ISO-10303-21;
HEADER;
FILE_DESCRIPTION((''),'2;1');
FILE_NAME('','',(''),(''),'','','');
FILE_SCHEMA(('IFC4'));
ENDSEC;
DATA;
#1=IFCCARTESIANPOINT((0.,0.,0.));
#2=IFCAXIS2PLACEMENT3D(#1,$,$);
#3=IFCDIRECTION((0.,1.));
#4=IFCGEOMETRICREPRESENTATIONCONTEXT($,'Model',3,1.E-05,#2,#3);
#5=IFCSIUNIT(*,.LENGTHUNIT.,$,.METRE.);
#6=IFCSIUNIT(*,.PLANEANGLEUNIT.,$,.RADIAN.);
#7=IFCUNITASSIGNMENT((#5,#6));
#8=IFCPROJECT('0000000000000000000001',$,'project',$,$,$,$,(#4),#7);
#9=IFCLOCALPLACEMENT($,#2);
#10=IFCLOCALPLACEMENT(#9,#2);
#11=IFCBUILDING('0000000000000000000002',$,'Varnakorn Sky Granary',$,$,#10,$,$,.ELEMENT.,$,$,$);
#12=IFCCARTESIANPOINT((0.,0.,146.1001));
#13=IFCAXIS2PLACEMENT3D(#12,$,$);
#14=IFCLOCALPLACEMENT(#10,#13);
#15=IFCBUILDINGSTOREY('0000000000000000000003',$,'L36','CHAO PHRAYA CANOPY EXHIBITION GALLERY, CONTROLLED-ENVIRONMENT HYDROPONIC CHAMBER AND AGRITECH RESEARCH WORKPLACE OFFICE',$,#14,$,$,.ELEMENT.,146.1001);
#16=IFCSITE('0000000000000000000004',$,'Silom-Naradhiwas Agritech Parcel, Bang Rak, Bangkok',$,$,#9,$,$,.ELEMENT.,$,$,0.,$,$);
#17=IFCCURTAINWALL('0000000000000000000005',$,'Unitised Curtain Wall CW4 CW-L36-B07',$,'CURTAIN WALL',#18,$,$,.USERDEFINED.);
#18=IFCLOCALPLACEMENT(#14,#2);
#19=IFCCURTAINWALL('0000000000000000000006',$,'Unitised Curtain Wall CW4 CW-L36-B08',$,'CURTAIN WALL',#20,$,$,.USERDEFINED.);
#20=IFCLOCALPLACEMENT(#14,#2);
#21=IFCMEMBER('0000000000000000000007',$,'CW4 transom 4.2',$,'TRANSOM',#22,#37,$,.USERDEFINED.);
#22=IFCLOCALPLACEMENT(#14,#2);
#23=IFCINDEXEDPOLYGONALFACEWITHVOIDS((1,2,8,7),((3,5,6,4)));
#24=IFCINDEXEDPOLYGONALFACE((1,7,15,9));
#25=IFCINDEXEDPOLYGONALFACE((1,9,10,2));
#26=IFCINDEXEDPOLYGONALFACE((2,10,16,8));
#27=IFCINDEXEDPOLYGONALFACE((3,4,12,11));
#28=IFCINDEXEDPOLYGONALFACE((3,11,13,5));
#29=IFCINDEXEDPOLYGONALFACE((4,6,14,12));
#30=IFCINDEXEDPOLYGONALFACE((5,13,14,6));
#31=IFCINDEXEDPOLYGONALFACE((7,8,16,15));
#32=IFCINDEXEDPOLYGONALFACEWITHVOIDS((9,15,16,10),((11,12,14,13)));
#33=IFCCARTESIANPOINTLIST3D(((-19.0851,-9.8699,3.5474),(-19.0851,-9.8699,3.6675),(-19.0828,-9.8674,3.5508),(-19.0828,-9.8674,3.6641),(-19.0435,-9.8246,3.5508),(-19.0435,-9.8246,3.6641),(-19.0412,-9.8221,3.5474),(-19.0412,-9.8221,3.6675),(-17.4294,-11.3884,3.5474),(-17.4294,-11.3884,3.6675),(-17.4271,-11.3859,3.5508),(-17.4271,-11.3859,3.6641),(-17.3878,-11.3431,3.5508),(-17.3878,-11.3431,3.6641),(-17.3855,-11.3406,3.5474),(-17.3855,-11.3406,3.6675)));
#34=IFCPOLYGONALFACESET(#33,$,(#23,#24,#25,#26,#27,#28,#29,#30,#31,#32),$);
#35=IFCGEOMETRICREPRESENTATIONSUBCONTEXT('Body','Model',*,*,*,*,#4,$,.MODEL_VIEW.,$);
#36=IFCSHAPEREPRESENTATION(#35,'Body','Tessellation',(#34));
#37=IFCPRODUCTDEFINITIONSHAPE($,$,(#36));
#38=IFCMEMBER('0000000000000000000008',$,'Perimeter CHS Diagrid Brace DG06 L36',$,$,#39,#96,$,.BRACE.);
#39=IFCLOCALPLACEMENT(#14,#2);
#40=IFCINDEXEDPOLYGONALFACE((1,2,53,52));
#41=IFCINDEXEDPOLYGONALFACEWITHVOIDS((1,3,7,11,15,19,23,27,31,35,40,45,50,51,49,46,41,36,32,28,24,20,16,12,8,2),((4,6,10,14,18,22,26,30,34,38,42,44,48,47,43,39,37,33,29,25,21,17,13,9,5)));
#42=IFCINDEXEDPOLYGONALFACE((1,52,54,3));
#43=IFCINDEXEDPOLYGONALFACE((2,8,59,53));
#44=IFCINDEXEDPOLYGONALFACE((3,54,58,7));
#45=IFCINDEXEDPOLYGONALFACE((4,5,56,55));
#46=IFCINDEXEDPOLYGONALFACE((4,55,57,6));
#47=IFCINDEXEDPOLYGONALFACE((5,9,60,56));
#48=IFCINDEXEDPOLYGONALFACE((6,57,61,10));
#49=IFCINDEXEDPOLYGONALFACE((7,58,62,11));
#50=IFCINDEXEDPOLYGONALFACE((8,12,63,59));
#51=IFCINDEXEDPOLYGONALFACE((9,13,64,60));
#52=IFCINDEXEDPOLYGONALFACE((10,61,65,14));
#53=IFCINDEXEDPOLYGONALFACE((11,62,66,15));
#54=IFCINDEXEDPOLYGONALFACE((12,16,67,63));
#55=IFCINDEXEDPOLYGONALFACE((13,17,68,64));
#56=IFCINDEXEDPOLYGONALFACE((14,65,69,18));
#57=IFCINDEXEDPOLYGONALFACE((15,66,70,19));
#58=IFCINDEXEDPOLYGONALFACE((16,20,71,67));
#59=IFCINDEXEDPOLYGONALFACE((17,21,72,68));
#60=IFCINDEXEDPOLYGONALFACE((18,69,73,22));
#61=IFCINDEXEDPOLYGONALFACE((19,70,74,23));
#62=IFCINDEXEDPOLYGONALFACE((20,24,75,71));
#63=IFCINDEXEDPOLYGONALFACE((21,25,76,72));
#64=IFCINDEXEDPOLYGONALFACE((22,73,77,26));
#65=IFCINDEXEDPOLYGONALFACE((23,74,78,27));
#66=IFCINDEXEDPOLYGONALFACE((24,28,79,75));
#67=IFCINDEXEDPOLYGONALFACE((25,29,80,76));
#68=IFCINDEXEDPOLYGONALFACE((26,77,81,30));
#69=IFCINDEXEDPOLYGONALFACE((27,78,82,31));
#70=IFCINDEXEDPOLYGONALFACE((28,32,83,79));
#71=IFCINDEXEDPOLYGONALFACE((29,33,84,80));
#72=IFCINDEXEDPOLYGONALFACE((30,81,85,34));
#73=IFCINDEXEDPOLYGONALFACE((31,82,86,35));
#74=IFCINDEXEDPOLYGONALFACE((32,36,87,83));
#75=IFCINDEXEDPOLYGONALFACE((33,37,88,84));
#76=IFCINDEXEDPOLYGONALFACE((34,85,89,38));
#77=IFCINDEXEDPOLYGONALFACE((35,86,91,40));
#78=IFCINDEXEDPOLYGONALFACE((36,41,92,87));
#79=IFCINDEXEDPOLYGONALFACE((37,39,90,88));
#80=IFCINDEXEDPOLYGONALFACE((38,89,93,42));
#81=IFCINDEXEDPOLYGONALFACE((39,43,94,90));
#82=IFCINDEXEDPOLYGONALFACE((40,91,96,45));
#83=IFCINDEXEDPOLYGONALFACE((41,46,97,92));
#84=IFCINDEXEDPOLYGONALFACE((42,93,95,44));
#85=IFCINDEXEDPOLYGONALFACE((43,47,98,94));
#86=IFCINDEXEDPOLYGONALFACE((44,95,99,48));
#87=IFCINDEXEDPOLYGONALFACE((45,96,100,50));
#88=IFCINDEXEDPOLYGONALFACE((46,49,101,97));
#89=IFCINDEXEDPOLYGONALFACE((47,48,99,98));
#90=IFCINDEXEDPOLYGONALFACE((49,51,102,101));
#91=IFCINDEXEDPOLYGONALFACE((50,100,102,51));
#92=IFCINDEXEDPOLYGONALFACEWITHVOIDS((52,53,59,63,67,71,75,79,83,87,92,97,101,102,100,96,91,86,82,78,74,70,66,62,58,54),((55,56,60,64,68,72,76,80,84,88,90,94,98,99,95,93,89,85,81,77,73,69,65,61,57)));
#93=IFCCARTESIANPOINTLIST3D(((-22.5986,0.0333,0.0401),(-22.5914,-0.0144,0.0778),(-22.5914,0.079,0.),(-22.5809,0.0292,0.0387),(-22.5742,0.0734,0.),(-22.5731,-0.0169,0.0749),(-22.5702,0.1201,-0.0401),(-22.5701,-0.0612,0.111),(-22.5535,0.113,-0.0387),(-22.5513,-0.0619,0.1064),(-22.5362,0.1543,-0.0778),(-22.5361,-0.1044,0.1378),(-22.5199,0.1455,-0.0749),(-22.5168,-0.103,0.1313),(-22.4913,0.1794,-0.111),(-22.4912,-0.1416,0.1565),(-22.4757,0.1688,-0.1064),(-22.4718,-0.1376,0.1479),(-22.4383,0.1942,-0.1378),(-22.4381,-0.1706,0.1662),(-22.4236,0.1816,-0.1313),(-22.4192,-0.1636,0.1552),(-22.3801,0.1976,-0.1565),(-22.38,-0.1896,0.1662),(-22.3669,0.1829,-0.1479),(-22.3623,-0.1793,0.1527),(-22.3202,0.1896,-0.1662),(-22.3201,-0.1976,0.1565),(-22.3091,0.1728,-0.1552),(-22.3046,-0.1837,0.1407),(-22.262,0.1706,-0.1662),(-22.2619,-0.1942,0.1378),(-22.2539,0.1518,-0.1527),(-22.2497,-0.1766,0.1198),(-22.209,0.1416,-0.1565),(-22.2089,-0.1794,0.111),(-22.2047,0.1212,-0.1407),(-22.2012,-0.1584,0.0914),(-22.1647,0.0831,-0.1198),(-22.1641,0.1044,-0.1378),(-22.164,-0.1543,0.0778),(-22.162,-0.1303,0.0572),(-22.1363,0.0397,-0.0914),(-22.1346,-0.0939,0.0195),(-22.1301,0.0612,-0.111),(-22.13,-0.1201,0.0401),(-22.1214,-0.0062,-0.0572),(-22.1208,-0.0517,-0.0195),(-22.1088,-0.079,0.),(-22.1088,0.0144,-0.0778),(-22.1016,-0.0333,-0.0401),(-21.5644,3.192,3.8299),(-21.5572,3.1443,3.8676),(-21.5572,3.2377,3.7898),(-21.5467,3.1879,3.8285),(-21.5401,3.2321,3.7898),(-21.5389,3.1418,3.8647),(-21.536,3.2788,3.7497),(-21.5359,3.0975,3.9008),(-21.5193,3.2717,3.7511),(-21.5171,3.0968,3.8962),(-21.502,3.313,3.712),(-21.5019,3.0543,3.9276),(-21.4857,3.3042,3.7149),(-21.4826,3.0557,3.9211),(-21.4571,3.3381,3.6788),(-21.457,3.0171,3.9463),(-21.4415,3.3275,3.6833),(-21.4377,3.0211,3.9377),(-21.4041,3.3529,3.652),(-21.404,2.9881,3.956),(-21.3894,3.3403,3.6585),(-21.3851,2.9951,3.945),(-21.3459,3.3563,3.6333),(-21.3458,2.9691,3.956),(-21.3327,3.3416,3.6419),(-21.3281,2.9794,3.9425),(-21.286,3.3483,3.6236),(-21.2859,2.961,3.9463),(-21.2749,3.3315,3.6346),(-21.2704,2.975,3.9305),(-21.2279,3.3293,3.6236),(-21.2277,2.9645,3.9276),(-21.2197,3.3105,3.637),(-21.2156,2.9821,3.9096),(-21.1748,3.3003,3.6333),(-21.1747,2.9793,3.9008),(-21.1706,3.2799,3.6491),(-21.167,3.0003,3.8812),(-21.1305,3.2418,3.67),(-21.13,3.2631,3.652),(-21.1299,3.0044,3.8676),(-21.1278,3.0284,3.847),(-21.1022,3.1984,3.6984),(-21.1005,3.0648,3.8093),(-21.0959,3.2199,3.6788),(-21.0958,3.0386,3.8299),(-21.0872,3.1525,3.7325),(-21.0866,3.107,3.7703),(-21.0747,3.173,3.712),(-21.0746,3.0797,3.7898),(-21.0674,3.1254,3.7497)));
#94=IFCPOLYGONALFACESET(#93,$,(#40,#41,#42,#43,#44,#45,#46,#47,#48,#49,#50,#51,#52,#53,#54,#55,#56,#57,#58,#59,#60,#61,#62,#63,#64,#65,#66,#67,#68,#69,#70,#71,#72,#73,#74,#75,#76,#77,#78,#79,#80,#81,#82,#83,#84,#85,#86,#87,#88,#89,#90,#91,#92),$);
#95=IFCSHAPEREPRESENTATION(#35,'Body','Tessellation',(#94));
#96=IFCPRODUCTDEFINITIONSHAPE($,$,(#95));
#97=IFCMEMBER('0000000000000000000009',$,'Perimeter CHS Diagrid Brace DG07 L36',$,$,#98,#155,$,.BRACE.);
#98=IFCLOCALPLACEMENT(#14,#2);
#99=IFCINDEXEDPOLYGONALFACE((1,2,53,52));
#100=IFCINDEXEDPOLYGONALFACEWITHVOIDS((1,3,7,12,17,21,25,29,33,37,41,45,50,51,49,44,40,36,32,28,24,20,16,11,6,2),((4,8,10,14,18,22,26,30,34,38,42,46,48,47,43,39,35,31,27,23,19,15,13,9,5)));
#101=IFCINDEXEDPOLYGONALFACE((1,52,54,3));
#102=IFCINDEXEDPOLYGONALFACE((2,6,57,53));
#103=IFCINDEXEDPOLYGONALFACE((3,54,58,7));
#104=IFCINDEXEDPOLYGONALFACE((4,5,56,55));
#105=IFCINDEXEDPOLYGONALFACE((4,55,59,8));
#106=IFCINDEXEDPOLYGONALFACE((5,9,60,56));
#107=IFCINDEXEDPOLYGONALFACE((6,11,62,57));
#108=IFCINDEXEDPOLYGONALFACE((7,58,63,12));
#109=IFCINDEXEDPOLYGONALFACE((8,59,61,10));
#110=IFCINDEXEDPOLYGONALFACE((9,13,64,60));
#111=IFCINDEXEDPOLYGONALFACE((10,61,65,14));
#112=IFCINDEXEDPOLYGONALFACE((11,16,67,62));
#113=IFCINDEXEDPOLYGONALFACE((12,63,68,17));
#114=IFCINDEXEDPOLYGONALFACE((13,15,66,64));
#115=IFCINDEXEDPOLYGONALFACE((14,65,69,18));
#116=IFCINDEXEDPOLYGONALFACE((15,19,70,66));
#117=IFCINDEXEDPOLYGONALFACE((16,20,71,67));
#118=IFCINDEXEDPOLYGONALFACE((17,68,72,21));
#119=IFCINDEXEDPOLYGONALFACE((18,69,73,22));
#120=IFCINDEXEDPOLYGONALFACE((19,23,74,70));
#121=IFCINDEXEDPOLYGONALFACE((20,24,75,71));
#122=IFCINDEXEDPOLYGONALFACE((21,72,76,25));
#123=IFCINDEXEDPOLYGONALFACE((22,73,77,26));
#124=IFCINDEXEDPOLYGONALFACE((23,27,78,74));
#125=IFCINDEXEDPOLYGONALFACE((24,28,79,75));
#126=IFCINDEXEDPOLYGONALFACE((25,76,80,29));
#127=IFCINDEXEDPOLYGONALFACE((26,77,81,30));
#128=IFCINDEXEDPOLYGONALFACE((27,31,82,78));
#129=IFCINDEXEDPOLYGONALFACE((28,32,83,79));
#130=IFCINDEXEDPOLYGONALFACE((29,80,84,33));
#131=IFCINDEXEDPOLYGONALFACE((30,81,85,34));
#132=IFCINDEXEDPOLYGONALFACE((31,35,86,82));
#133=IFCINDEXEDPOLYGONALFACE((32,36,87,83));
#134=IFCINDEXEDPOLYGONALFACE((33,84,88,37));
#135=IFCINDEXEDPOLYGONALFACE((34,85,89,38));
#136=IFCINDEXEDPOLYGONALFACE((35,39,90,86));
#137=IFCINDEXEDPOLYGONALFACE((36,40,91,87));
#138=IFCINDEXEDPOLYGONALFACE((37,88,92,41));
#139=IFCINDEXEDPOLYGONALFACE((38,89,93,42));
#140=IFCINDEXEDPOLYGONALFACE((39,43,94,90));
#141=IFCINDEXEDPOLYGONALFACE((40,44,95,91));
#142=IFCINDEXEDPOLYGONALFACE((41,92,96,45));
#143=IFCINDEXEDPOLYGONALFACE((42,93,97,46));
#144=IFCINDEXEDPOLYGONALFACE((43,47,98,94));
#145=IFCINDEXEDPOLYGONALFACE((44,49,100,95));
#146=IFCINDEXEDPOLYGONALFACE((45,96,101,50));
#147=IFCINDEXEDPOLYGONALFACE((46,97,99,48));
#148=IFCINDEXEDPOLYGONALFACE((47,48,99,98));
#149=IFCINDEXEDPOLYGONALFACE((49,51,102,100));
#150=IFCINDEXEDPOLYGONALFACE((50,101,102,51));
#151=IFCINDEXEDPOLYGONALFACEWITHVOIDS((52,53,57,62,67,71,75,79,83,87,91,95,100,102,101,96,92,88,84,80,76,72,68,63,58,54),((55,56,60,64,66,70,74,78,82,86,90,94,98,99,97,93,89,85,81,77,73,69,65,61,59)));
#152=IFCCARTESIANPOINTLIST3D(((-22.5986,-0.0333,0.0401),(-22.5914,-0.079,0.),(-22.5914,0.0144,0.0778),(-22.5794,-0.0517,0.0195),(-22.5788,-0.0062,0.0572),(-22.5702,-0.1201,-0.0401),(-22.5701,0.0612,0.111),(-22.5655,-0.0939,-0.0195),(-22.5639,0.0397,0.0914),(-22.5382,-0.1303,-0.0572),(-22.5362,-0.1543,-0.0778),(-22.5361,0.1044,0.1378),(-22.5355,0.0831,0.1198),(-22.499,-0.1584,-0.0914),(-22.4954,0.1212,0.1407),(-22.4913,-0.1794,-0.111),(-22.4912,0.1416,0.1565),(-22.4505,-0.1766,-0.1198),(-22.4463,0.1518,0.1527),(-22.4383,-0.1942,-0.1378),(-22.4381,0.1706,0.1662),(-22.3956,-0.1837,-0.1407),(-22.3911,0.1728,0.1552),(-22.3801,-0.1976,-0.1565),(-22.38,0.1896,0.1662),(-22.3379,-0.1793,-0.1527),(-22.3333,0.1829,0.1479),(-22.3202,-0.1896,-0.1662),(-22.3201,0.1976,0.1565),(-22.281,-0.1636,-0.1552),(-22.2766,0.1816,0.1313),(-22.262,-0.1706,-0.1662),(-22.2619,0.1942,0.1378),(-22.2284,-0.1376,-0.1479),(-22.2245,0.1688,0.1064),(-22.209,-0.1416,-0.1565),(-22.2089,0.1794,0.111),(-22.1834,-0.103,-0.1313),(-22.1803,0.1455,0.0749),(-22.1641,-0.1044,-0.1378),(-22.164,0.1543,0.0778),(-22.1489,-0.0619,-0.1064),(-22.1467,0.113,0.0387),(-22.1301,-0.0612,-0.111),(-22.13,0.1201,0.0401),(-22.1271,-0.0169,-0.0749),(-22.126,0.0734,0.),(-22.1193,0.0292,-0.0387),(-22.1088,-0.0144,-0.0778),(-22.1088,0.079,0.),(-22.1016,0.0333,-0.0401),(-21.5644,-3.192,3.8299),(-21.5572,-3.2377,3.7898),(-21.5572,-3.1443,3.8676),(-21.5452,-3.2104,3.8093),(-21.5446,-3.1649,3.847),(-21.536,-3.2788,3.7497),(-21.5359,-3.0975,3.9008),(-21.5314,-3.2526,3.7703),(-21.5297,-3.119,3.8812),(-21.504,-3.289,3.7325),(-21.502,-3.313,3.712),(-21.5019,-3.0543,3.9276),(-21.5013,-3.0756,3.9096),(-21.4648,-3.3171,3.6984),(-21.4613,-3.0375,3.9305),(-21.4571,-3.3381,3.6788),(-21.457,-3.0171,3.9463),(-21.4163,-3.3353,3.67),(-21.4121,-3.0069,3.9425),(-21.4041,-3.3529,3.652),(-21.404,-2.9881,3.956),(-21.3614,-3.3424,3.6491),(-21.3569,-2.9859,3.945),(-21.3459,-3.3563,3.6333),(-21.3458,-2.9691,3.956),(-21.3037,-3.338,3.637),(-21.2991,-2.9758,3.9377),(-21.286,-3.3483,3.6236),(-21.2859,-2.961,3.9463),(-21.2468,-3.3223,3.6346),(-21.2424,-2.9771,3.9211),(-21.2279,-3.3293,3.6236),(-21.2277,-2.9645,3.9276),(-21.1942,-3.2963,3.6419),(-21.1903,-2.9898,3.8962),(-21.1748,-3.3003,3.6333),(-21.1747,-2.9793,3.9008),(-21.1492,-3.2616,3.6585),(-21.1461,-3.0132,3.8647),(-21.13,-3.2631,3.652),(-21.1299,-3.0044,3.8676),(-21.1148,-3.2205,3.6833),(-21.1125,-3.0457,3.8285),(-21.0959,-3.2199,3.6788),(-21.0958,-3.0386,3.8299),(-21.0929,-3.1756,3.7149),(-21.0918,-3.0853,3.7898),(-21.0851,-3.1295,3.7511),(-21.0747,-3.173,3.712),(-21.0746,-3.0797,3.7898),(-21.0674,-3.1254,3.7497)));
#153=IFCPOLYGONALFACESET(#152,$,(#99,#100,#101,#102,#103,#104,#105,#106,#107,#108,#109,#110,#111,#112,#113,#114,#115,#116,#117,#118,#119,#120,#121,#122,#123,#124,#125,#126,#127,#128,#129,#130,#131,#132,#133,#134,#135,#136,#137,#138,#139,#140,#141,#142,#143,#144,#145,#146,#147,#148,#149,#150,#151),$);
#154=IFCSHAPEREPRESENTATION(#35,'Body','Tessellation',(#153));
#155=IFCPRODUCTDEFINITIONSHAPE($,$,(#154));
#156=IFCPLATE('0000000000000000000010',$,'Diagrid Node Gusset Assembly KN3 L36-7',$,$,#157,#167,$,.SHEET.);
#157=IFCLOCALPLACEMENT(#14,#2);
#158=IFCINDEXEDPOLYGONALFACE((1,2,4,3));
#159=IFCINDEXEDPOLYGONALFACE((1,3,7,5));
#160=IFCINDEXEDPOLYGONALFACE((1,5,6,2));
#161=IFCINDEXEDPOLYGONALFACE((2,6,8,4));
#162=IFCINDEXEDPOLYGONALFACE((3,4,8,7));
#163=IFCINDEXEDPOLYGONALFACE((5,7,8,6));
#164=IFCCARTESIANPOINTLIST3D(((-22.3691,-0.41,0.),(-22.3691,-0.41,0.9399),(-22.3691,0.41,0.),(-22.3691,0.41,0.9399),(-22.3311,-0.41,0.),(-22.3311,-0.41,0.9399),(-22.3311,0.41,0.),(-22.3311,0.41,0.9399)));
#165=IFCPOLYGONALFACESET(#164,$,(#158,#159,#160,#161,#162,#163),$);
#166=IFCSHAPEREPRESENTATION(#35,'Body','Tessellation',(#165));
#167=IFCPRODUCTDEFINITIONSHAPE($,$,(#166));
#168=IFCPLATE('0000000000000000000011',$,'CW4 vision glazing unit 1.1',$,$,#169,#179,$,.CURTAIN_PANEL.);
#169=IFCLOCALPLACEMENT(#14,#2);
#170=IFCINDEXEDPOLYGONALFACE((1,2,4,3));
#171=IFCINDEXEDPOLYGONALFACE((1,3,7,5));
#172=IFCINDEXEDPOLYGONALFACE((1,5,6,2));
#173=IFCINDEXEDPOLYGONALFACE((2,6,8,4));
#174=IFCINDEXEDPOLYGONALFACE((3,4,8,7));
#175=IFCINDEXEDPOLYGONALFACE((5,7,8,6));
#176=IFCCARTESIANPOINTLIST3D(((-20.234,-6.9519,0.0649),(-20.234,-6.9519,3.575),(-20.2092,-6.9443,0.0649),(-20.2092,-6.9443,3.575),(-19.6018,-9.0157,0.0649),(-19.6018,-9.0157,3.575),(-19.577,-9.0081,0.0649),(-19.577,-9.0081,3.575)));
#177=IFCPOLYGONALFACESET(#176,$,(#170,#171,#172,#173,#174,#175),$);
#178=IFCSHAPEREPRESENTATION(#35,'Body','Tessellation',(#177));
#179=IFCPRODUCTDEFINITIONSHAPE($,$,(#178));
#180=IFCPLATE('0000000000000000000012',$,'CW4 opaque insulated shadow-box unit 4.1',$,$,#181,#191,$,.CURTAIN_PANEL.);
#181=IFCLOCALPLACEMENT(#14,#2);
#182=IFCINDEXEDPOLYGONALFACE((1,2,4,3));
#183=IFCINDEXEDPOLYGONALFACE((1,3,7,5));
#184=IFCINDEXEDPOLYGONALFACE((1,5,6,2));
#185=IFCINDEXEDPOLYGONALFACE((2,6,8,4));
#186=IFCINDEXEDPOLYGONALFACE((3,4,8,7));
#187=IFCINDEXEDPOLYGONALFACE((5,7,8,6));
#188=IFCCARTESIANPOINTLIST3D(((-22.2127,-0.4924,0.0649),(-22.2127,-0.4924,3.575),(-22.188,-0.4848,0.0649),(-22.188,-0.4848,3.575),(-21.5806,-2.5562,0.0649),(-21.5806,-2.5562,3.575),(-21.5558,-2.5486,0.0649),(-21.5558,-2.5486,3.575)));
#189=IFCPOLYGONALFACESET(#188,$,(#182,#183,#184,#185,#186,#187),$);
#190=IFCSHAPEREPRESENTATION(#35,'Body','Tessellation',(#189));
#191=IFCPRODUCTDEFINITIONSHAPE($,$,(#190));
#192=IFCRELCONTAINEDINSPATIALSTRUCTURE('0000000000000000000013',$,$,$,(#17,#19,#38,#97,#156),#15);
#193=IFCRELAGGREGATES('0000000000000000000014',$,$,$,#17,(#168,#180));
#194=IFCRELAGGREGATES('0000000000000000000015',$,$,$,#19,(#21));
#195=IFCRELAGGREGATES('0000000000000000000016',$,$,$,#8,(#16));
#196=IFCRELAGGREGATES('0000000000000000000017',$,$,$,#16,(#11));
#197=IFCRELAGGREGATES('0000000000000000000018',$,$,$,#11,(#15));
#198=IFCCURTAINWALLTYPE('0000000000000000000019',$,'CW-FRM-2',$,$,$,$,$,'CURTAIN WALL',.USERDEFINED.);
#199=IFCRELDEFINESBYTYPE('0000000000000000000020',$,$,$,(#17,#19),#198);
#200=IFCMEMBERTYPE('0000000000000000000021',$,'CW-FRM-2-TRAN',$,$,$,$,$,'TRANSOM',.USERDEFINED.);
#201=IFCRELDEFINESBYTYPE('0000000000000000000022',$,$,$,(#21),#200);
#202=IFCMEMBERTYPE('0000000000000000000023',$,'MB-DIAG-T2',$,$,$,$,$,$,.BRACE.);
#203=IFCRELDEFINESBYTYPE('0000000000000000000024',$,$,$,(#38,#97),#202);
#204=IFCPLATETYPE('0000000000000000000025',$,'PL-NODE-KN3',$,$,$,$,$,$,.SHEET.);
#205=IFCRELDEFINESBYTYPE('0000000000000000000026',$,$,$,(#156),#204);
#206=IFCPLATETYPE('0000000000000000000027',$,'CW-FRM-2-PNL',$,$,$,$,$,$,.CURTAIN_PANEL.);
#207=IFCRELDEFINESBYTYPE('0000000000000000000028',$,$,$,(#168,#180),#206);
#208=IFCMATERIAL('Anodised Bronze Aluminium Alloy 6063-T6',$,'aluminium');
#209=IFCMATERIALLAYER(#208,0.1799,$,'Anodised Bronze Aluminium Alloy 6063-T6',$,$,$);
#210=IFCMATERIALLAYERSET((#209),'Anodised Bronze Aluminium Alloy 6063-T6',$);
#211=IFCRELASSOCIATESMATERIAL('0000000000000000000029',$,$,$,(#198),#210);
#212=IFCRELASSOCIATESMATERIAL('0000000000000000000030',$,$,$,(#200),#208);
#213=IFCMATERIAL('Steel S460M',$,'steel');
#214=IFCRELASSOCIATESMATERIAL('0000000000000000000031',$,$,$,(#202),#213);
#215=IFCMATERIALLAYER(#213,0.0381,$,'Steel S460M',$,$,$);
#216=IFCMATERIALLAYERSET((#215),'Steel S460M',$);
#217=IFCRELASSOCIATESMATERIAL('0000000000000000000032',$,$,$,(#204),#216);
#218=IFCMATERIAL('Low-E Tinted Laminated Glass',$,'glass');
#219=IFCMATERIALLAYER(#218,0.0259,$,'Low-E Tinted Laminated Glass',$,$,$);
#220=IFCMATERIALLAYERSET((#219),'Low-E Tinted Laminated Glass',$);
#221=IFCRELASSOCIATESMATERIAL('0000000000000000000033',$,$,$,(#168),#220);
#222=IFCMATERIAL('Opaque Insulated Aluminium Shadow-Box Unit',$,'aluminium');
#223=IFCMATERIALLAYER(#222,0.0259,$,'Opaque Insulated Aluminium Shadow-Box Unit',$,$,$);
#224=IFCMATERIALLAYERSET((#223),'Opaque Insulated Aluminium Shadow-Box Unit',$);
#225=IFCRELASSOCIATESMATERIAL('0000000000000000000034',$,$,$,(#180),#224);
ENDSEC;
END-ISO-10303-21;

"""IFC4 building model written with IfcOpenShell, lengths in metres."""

from ifc_helpers import new_model, si_unit, direction, frame, origin, origin_2d, place, context, subcontext, project, spatial, rectangle, hollow_rectangle, hollow_circle, extrude, source, transform, mapped, material, layer, layer_set, material_profile, profile_set, type_object, element, aggregate, save


model = new_model("IFC4")

# Units and contexts
model_context = context("Model", 3, precision=1e-05, world=origin(), true_north=direction((0.0, 1.0)))
body_context = subcontext(model_context, "Body", "Model", "MODEL_VIEW")
ifc_project = project(units=[si_unit("LENGTHUNIT", "METRE"), si_unit("PLANEANGLEUNIT", "RADIAN")], contexts=[model_context])

# Site, building, storey
site_placement = place(None, origin())
site = spatial("IfcSite", under=ifc_project, at=site_placement, Name="Silom-Naradhiwas Agritech Parcel, Bang Rak, Bangkok", CompositionType="ELEMENT", RefElevation=0.0)
building_placement = place(site_placement, origin())
building = spatial("IfcBuilding", under=site, at=building_placement, Name="Varnakorn Sky Granary", CompositionType="ELEMENT")
storey_placement = place(building_placement, frame((0.0, 0.0, 146.1001)))
storey = spatial("IfcBuildingStorey", under=building, at=storey_placement, Name="L36", Description="CHAO PHRAYA CANOPY EXHIBITION GALLERY, CONTROLLED-ENVIRONMENT HYDROPONIC CHAMBER AND AGRITECH RESEARCH WORKPLACE OFFICE", CompositionType="ELEMENT", Elevation=146.1001)

# Shared definitions
ifc_material_1 = material(Name="Steel S460M", Category="steel")

# Curtain walls
ifc_material_2 = material(Name="Anodised Bronze Aluminium Alloy 6063-T6", Category="aluminium")
ifc_layer_1 = layer(ifc_material_2, 0.1799, Name="Anodised Bronze Aluminium Alloy 6063-T6")
ifc_layer_set_1 = layer_set([ifc_layer_1], Name="Anodised Bronze Aluminium Alloy 6063-T6")
curtain_wall_type = type_object("IfcCurtainWallType", Name="CW-FRM-2", ElementType="CURTAIN WALL", PredefinedType="USERDEFINED", material=ifc_layer_set_1)
curtain_wall_1_placement = place(storey_placement, origin())
curtain_wall_1 = element("IfcCurtainWall", 1, at=curtain_wall_1_placement, inside=storey, type_object=curtain_wall_type, Name="Unitised Curtain Wall CW4 CW-L36-B07", ObjectType="CURTAIN WALL", PredefinedType="USERDEFINED")
curtain_wall_2_placement = place(storey_placement, origin())
curtain_wall_2 = element("IfcCurtainWall", 2, at=curtain_wall_2_placement, inside=storey, type_object=curtain_wall_type, Name="Unitised Curtain Wall CW4 CW-L36-B08", ObjectType="CURTAIN WALL", PredefinedType="USERDEFINED")

# Member
ifc_material_profile_1 = material_profile(ifc_material_2, hollow_rectangle(XDim=0.0649, YDim=0.1201, WallThickness=0.0034, at=origin_2d()), Name="ALU TRAN 65x120")
ifc_profile_set_1 = profile_set([ifc_material_profile_1], Name="Anodised Bronze Aluminium Alloy 6063-T6")
member_type_1 = type_object("IfcMemberType", Name="CW-FRM-2-TRAN", ElementType="TRANSOM", PredefinedType="USERDEFINED", material=ifc_profile_set_1)
member_1_placement = place(storey_placement, frame((-17.4075, -11.3645, 3.6074), z_axis=(-0.736983, 0.675912, 0.0), x_axis=(-0.675912, -0.736983, 0.0)))
member_1 = element("IfcMember", 3, at=member_1_placement, type_object=member_type_1, Name="CW4 transom 4.2", ObjectType="TRANSOM", PredefinedType="USERDEFINED", context=body_context, shape_type="SweptSolid", body=[
    extrude(hollow_rectangle(XDim=0.0649, YDim=0.1201, WallThickness=0.0034, at=origin_2d()), origin(), (0.0, 0.0, 1.0), 2.2466),
])

# Members
ifc_material_profile_2 = material_profile(ifc_material_1, hollow_circle(Radius=0.2539, WallThickness=0.0181, at=origin_2d()), Name="CHS 508x18")
ifc_profile_set_2 = profile_set([ifc_material_profile_2], Name="Steel S460M")
member_type_2 = type_object("IfcMemberType", Name="MB-DIAG-T2", PredefinedType="BRACE", material=ifc_profile_set_2)
for number, where, z_axis, x_axis, name in (
    (4, (-22.3501, 0.0, 0.0), (0.205163, 0.626628, 0.751828), (-0.950359, 0.311155, 0.0), "Perimeter CHS Diagrid Brace DG06 L36"),
    (5, (-22.3501, 0.0, 0.0), (0.205163, -0.626628, 0.751828), (0.950359, 0.311155, 0.0), "Perimeter CHS Diagrid Brace DG07 L36"),
):
    element("IfcMember", number, at=place(storey_placement, frame(where, z_axis=z_axis, x_axis=x_axis)), inside=storey, type_object=member_type_2, Name=name, PredefinedType="BRACE", context=body_context, shape_type="SweptSolid", body=[
        extrude(hollow_circle(Radius=0.2539, WallThickness=0.0181, at=origin_2d()), origin(), (0.0, 0.0, 1.0), 5.0408),
    ])

# Plates
ifc_layer_2 = layer(ifc_material_1, 0.0381, Name="Steel S460M")
ifc_layer_set_2 = layer_set([ifc_layer_2], Name="Steel S460M")
plate_type_1 = type_object("IfcPlateType", Name="PL-NODE-KN3", PredefinedType="SHEET", material=ifc_layer_set_2)
plate_1_placement = place(storey_placement, frame((-22.3501, 0.0, 0.0), z_axis=(0.0, 0.0, 1.0), x_axis=(0.0, -1.0, 0.0)))
element("IfcPlate", 6, at=plate_1_placement, inside=storey, type_object=plate_type_1, Name="Diagrid Node Gusset Assembly KN3 L36-7", PredefinedType="SHEET", context=body_context, shape_type="SweptSolid", body=[
    extrude(rectangle(XDim=0.8201, YDim=0.0381, at=origin_2d()), origin(), (0.0, 0.0, 1.0), 0.9399),
])
ifc_material_3 = material(Name="Low-E Tinted Laminated Glass", Category="glass")
ifc_layer_3 = layer(ifc_material_3, 0.0259, Name="Low-E Tinted Laminated Glass")
ifc_layer_set_3 = layer_set([ifc_layer_3], Name="Low-E Tinted Laminated Glass")
plate_type_2 = type_object("IfcPlateType", Name="CW-FRM-2-PNL", PredefinedType="CURTAIN_PANEL")
shared_shape_1 = source(origin(), body_context, "Body", "SweptSolid", [
    extrude(rectangle(XDim=2.1584, YDim=0.0259, at=origin_2d()), origin(), (0.0, 0.0, 1.0), 3.51),
])
plate_2_placement = place(storey_placement, frame((-19.9055, -7.98, 0.0649), z_axis=(0.0, 0.0, 1.0), x_axis=(-0.292893, 0.956145, 0.0)))
plate_2 = element("IfcPlate", 7, at=plate_2_placement, type_object=plate_type_2, material=ifc_layer_set_3, Name="CW4 vision glazing unit 1.1", PredefinedType="CURTAIN_PANEL", context=body_context, shape_type="MappedRepresentation", body=[
    mapped(shared_shape_1, transform((0.0, 0.0, 0.0), x_axis=(1.0, 0.0, 0.0), y_axis=(0.0, 1.0, 0.0), z_axis=(0.0, 0.0, 1.0), scale=1.0)),
])
ifc_material_4 = material(Name="Opaque Insulated Aluminium Shadow-Box Unit", Category="aluminium")
ifc_layer_4 = layer(ifc_material_4, 0.0259, Name="Opaque Insulated Aluminium Shadow-Box Unit")
ifc_layer_set_4 = layer_set([ifc_layer_4], Name="Opaque Insulated Aluminium Shadow-Box Unit")
plate_3_placement = place(storey_placement, frame((-21.8843, -1.5205, 0.0649), z_axis=(0.0, 0.0, 1.0), x_axis=(-0.292893, 0.956145, 0.0)))
plate_3 = element("IfcPlate", 8, at=plate_3_placement, type_object=plate_type_2, material=ifc_layer_set_4, Name="CW4 opaque insulated shadow-box unit 4.1", PredefinedType="CURTAIN_PANEL", context=body_context, shape_type="MappedRepresentation", body=[
    mapped(shared_shape_1, transform((0.0, 0.0, 0.0), x_axis=(1.0, 0.0, 0.0), y_axis=(0.0, 1.0, 0.0), z_axis=(0.0, 0.0, 1.0), scale=1.0)),
])
aggregate(curtain_wall_1, [plate_2, plate_3])
aggregate(curtain_wall_2, [member_1])

save(model, "model.ifc")
